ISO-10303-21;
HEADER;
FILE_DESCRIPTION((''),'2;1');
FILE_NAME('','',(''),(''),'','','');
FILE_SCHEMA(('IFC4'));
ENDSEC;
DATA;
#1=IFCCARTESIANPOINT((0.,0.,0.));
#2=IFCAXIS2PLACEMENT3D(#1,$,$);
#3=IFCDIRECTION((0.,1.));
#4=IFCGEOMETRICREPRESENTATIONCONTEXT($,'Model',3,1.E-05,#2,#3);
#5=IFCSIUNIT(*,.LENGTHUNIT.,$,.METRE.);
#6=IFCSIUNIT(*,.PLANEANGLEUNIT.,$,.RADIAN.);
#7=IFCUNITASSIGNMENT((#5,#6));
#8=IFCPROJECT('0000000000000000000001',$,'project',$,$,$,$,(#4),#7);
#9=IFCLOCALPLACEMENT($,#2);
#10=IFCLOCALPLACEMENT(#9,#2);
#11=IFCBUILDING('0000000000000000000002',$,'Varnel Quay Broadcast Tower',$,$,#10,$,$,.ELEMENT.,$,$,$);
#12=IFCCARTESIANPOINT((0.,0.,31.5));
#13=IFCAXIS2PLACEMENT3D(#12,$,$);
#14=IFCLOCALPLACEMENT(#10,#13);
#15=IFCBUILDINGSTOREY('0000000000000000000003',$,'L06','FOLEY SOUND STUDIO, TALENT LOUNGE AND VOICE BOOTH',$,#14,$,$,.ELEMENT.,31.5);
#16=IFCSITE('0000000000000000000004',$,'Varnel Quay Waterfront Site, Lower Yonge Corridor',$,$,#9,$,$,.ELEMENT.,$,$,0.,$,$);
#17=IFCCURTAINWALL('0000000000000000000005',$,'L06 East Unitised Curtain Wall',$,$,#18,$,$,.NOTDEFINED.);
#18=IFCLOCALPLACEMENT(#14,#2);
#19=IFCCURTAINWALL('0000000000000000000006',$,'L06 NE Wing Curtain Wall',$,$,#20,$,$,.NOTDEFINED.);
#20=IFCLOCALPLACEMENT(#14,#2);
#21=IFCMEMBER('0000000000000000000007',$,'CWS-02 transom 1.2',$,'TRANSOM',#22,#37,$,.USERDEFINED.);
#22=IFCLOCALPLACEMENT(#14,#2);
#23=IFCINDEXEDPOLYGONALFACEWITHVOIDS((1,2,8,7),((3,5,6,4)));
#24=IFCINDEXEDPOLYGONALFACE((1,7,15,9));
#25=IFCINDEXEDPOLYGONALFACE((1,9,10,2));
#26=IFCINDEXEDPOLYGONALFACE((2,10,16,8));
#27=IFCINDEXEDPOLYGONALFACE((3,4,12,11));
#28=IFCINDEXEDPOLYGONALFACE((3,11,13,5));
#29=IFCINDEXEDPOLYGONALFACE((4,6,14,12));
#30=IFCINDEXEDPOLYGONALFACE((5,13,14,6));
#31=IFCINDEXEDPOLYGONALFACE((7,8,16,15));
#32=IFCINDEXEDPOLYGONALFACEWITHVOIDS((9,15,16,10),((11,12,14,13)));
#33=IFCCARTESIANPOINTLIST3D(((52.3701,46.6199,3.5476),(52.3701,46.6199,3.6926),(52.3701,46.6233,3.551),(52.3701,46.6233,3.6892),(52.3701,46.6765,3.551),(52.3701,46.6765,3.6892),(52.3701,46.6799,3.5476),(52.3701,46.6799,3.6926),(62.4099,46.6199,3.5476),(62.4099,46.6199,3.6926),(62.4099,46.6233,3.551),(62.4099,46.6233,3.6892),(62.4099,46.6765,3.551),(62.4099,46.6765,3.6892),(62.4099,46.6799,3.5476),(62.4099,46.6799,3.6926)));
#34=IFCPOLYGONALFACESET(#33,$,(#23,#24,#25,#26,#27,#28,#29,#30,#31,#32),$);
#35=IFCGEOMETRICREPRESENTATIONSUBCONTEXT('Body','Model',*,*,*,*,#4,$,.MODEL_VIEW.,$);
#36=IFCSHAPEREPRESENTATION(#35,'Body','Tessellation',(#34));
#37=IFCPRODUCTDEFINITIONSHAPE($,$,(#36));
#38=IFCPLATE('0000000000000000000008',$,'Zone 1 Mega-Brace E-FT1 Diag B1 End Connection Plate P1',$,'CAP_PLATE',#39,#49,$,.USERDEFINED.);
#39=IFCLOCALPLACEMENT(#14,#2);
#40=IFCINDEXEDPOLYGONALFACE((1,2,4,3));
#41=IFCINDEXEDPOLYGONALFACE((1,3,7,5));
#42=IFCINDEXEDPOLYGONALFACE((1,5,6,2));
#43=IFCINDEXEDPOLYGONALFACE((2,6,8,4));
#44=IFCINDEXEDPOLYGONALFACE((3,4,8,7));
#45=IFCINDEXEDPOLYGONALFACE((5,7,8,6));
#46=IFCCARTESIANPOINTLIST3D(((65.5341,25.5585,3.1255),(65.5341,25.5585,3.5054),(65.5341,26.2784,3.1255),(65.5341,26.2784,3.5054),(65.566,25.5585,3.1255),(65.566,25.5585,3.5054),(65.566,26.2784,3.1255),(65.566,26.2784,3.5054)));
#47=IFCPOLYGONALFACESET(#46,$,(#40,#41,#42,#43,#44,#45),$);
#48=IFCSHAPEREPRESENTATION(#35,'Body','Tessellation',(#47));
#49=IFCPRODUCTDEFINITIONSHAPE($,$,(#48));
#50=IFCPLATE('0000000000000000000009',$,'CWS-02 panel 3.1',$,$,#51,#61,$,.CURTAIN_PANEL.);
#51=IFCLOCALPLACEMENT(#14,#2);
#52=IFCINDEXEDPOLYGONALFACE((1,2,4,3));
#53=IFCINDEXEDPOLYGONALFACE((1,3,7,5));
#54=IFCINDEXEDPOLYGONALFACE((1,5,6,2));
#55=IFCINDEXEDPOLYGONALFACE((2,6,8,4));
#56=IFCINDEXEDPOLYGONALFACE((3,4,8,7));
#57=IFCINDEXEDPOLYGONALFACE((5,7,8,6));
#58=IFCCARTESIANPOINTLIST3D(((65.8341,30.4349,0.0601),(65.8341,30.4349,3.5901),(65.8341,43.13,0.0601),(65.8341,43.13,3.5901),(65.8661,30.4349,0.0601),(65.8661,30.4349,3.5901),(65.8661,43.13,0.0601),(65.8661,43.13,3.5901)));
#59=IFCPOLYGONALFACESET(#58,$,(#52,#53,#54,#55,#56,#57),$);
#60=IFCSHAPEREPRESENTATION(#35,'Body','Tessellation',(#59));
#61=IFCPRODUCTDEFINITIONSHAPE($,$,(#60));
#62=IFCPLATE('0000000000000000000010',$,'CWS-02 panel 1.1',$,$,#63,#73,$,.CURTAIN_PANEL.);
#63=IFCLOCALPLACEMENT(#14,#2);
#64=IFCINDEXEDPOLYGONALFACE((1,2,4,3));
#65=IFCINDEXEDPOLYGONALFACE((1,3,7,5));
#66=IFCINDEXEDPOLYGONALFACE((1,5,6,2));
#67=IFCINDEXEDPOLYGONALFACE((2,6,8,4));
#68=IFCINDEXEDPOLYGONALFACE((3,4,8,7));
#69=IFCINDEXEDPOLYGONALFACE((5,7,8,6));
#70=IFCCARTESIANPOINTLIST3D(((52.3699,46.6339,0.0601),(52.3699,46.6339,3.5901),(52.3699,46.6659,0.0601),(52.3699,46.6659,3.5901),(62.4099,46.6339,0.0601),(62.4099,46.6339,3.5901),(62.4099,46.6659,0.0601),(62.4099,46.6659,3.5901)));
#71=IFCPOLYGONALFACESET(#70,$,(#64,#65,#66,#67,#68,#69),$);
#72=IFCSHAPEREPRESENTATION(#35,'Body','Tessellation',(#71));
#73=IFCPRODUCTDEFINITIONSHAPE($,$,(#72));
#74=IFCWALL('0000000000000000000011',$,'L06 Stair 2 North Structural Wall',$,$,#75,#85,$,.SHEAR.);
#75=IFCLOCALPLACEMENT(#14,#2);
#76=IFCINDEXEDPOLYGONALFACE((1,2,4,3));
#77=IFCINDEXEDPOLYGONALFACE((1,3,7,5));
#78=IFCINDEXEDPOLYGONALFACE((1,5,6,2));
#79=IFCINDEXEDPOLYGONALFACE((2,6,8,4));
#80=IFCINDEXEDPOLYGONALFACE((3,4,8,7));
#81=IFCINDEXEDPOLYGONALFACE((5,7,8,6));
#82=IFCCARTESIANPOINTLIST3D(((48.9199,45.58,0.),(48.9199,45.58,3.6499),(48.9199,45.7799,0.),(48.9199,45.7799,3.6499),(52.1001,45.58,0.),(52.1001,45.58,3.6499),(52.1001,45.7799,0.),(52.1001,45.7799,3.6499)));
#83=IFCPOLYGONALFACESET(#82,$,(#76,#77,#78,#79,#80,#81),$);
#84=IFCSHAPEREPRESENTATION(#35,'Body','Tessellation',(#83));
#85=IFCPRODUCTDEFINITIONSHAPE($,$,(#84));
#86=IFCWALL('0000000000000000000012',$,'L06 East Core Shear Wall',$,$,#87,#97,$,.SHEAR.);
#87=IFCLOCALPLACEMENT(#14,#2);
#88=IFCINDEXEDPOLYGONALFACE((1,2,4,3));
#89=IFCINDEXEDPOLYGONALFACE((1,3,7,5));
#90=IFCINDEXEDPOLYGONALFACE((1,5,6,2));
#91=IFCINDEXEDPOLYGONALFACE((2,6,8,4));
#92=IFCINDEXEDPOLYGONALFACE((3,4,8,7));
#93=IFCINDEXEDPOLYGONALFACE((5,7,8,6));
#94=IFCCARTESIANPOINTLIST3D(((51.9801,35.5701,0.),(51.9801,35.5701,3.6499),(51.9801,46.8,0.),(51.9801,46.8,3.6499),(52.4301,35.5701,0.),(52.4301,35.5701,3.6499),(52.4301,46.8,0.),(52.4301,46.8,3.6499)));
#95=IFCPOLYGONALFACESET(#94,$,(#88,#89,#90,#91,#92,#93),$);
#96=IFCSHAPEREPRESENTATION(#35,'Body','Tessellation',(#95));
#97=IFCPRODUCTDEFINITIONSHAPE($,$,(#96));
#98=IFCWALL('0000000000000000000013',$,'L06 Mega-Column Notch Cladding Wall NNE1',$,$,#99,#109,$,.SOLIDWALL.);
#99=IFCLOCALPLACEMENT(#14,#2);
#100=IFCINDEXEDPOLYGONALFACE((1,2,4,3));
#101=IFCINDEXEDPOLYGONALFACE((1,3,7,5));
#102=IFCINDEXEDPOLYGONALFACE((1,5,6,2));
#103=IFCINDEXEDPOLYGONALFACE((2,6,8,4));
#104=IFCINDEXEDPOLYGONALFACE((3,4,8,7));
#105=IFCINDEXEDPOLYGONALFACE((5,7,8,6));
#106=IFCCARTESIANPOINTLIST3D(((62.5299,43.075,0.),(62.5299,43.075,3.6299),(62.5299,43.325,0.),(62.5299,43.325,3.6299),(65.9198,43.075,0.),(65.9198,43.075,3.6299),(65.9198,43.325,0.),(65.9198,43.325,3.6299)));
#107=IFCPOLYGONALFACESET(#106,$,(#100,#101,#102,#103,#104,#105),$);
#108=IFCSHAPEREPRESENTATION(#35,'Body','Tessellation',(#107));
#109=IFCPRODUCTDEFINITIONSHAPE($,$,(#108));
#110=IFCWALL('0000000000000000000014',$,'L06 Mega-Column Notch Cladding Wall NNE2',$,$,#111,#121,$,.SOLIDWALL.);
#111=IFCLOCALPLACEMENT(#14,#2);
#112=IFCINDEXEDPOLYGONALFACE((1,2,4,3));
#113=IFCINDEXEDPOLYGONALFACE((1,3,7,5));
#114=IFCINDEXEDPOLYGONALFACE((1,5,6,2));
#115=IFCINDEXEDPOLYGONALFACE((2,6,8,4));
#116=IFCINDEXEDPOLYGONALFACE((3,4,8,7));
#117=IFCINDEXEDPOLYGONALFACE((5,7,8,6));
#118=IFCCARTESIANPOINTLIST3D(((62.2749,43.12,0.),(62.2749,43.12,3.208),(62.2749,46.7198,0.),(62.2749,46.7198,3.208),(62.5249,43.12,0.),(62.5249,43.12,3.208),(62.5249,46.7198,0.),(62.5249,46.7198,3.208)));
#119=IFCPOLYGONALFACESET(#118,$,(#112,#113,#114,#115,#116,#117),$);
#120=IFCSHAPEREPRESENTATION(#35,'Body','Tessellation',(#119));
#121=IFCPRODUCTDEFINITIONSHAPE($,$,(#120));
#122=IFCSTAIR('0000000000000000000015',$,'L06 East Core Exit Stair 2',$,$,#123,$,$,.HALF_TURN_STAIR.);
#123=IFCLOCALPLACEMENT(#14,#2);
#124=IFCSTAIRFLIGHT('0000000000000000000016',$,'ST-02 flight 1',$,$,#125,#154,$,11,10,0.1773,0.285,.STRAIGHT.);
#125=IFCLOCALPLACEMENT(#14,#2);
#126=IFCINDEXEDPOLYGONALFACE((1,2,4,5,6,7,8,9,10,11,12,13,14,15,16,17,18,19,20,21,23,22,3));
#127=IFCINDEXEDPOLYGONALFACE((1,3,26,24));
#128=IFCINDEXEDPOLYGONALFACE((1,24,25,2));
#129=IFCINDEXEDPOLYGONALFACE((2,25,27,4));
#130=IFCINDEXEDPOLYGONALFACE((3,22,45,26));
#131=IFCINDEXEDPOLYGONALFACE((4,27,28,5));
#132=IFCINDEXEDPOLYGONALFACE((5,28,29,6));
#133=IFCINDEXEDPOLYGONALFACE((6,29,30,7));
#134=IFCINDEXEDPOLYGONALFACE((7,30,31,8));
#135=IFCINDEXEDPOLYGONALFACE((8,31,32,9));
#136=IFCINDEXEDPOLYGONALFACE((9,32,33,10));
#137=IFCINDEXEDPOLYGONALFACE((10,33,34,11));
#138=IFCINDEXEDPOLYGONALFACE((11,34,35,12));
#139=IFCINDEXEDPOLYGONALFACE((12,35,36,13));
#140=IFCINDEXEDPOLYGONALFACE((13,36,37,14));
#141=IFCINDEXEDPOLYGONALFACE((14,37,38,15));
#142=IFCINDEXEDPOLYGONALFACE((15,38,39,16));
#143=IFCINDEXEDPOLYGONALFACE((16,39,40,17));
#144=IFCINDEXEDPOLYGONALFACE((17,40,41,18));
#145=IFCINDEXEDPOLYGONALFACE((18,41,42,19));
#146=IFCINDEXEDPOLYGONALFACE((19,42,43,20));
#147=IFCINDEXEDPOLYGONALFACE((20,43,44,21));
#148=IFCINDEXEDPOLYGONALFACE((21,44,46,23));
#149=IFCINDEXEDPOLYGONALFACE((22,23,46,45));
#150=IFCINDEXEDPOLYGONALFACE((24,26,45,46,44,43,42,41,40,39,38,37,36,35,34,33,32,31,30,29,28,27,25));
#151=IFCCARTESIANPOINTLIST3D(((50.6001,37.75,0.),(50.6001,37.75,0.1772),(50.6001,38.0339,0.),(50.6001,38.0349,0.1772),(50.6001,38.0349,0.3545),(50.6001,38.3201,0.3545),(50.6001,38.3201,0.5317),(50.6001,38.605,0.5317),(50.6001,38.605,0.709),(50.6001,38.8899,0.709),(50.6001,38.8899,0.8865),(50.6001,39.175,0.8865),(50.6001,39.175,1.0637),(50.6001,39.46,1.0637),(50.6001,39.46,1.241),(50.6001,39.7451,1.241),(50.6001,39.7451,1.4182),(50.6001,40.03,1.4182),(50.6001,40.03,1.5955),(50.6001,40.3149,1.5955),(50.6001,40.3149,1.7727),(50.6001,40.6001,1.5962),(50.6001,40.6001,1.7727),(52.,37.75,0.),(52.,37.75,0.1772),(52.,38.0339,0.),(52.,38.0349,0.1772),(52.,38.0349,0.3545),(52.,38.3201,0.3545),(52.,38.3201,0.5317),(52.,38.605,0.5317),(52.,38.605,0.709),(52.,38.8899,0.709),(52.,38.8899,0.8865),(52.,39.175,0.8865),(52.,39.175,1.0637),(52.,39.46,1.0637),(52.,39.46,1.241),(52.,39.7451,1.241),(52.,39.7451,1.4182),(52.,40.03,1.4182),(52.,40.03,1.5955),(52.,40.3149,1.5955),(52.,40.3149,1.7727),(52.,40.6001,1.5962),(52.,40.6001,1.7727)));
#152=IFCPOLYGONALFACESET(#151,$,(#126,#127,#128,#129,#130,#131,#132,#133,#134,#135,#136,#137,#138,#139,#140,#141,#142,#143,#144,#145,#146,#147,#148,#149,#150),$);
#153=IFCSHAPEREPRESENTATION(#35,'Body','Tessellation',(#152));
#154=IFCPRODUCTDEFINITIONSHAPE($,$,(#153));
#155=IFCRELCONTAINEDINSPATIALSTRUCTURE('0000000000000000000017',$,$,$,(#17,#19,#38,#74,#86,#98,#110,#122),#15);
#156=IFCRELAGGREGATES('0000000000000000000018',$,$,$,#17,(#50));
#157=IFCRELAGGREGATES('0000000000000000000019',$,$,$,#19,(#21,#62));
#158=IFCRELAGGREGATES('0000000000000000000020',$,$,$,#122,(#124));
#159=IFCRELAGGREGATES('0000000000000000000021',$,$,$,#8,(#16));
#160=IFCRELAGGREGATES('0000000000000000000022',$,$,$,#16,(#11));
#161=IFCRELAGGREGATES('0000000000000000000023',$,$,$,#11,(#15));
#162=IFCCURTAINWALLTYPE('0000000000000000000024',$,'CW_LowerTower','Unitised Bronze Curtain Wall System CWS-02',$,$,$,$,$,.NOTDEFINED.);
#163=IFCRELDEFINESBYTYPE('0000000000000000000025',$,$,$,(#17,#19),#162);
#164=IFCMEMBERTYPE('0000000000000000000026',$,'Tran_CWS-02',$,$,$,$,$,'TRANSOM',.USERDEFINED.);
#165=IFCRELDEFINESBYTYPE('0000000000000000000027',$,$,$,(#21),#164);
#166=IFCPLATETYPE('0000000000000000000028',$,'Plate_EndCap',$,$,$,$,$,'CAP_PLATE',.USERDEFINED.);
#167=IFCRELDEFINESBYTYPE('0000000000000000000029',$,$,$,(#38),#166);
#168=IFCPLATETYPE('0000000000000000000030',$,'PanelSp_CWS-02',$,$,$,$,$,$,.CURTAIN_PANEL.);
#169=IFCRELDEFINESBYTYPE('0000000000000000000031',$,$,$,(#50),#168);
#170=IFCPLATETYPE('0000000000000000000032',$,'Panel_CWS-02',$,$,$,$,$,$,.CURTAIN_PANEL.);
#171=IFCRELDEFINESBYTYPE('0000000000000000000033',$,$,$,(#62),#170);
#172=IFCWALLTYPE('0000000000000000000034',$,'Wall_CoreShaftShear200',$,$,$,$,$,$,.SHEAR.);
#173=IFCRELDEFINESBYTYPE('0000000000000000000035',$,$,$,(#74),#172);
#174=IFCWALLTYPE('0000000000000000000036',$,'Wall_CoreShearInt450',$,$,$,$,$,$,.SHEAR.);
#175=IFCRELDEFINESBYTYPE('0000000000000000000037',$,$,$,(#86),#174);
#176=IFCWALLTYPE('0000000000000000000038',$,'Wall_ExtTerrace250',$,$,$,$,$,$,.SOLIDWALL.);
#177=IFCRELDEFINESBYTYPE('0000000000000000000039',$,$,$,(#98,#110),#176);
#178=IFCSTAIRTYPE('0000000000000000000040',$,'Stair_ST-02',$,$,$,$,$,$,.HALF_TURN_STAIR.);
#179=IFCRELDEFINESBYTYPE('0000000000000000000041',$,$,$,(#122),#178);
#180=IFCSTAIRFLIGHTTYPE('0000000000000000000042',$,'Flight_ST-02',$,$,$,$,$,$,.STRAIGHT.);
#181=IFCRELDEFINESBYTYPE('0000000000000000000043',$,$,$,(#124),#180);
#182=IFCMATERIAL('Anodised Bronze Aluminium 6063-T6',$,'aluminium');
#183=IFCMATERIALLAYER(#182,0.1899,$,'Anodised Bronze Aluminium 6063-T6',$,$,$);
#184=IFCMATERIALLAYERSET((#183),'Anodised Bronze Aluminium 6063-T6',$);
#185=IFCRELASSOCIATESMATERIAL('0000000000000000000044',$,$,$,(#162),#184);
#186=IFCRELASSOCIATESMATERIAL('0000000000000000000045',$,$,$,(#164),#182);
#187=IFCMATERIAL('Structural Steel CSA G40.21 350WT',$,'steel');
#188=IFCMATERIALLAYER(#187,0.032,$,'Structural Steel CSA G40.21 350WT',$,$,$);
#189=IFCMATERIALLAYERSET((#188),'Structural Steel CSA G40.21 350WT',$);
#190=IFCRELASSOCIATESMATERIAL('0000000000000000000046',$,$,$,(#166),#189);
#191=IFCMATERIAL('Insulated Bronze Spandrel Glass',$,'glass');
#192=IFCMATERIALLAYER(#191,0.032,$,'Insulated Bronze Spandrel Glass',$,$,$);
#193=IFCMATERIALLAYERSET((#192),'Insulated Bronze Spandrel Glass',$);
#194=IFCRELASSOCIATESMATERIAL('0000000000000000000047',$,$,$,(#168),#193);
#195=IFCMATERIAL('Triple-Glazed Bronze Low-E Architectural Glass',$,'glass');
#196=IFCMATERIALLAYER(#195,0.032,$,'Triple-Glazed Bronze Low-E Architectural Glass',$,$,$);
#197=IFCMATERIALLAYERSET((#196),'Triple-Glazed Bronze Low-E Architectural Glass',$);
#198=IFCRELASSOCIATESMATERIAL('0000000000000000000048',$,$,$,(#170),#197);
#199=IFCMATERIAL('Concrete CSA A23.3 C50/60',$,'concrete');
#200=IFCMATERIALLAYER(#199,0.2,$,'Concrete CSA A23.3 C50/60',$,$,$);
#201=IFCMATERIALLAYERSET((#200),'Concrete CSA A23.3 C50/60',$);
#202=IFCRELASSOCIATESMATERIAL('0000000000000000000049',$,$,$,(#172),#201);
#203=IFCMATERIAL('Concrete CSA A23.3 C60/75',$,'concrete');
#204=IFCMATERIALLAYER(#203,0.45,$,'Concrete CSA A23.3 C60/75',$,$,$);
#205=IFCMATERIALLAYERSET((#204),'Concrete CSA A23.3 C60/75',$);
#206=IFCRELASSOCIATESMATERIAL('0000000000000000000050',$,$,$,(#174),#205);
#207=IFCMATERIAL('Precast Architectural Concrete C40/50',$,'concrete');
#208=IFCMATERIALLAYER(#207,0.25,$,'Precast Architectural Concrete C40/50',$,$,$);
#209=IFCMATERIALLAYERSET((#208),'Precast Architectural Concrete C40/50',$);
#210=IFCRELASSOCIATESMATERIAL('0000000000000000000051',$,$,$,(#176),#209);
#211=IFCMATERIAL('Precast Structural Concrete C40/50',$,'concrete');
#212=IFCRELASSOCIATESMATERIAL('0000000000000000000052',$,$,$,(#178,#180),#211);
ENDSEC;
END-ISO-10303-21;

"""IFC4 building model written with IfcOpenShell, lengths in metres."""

from ifc_helpers import new_model, si_unit, direction, frame, frame_2d, origin, origin_2d, place, context, subcontext, project, spatial, polyline, rectangle, hollow_rectangle, outline, extrude, source, transform, mapped, material, layer, layer_set, material_profile, profile_set, type_object, type_shapes, element, aggregate, save


model = new_model("IFC4")

# Units and contexts
model_context = context("Model", 3, precision=1e-05, world=origin(), true_north=direction((0.0, 1.0)))
body_context = subcontext(model_context, "Body", "Model", "MODEL_VIEW")
ifc_project = project(units=[si_unit("LENGTHUNIT", "METRE"), si_unit("PLANEANGLEUNIT", "RADIAN")], contexts=[model_context])

# Site, building, storey
site_placement = place(None, origin())
site = spatial("IfcSite", under=ifc_project, at=site_placement, Name="Varnel Quay Waterfront Site, Lower Yonge Corridor", CompositionType="ELEMENT", RefElevation=0.0)
building_placement = place(site_placement, origin())
building = spatial("IfcBuilding", under=site, at=building_placement, Name="Varnel Quay Broadcast Tower", CompositionType="ELEMENT")
storey_placement = place(building_placement, frame((0.0, 0.0, 31.5)))
storey = spatial("IfcBuildingStorey", under=building, at=storey_placement, Name="L06", Description="FOLEY SOUND STUDIO, TALENT LOUNGE AND VOICE BOOTH", CompositionType="ELEMENT", Elevation=31.5)

# Shared definitions
ifc_material_1 = material(Name="Structural Steel CSA G40.21 350WT", Category="steel")

# Curtain walls
ifc_material_2 = material(Name="Anodised Bronze Aluminium 6063-T6", Category="aluminium")
ifc_layer_1 = layer(ifc_material_2, 0.1899, Name="Anodised Bronze Aluminium 6063-T6")
ifc_layer_set_1 = layer_set([ifc_layer_1], Name="Anodised Bronze Aluminium 6063-T6")
curtain_wall_type = type_object("IfcCurtainWallType", Name="CW_LowerTower", Description="Unitised Bronze Curtain Wall System CWS-02", PredefinedType="NOTDEFINED", material=ifc_layer_set_1)
curtain_wall_1_placement = place(storey_placement, origin())
curtain_wall_1 = element("IfcCurtainWall", 1, at=curtain_wall_1_placement, inside=storey, type_object=curtain_wall_type, Name="L06 East Unitised Curtain Wall", PredefinedType="NOTDEFINED")
curtain_wall_2_placement = place(storey_placement, origin())
curtain_wall_2 = element("IfcCurtainWall", 2, at=curtain_wall_2_placement, inside=storey, type_object=curtain_wall_type, Name="L06 NE Wing Curtain Wall", PredefinedType="NOTDEFINED")

# Member
ifc_material_profile_1 = material_profile(ifc_material_2, hollow_rectangle(XDim=0.0601, YDim=0.145, WallThickness=0.0034, at=origin_2d()), Name="ALU60X145X3.5")
ifc_profile_set_1 = profile_set([ifc_material_profile_1], Name="Anodised Bronze Aluminium 6063-T6")
member_type_1 = type_object("IfcMemberType", Name="Tran_CWS-02", ElementType="TRANSOM", PredefinedType="USERDEFINED", material=ifc_profile_set_1)
shared_shape_1 = source(origin(), body_context, "Body", "SweptSolid", [
    extrude(hollow_rectangle(XDim=0.0601, YDim=0.145, WallThickness=0.0034, at=origin_2d()), origin(), (0.0, 0.0, 1.0), 10.0398),
])
member_1_placement = place(storey_placement, frame((52.3701, 46.6499, 3.6201), z_axis=(1.0, 0.0, 0.0), x_axis=(0.0, 1.0, 0.0)))
member_1 = element("IfcMember", 3, at=member_1_placement, type_object=member_type_1, Name="CWS-02 transom 1.2", ObjectType="TRANSOM", PredefinedType="USERDEFINED", context=body_context, shape_type="MappedRepresentation", body=[
    mapped(shared_shape_1, transform((0.0, 0.0, 0.0), x_axis=(1.0, 0.0, 0.0), y_axis=(0.0, 1.0, 0.0), z_axis=(0.0, 0.0, 1.0), scale=1.0)),
])

# Plates
ifc_layer_2 = layer(ifc_material_1, 0.032, Name="Structural Steel CSA G40.21 350WT")
ifc_layer_set_2 = layer_set([ifc_layer_2], Name="Structural Steel CSA G40.21 350WT")
plate_type_1 = type_object("IfcPlateType", Name="Plate_EndCap", ElementType="CAP_PLATE", PredefinedType="USERDEFINED", material=ifc_layer_set_2)
shared_shape_2 = source(origin(), body_context, "Body", "SweptSolid", [
    extrude(rectangle(XDim=0.72, YDim=0.032, at=origin_2d()), origin(), (0.0, 0.0, 1.0), 0.3799),
])
type_shapes(plate_type_1, [shared_shape_2])
plate_1_placement = place(storey_placement, frame((65.55, 25.9185, 3.1255), z_axis=(0.0, 0.0, 1.0), x_axis=(0.0, 1.0, 0.0)))
element("IfcPlate", 4, at=plate_1_placement, inside=storey, type_object=plate_type_1, Name="Zone 1 Mega-Brace E-FT1 Diag B1 End Connection Plate P1", ObjectType="CAP_PLATE", PredefinedType="USERDEFINED", context=body_context, shape_type="MappedRepresentation", body=[
    mapped(shared_shape_2, transform((0.0, 0.0, 0.0), x_axis=(1.0, 0.0, 0.0), y_axis=(0.0, 1.0, 0.0), z_axis=(0.0, 0.0, 1.0), scale=1.0)),
])
ifc_material_3 = material(Name="Insulated Bronze Spandrel Glass", Category="glass")
ifc_layer_3 = layer(ifc_material_3, 0.032, Name="Insulated Bronze Spandrel Glass")
ifc_layer_set_3 = layer_set([ifc_layer_3], Name="Insulated Bronze Spandrel Glass")
plate_type_2 = type_object("IfcPlateType", Name="PanelSp_CWS-02", PredefinedType="CURTAIN_PANEL", material=ifc_layer_set_3)
shared_shape_3 = source(origin(), body_context, "Body", "SweptSolid", [
    extrude(rectangle(XDim=12.6951, YDim=0.032, at=origin_2d()), origin(), (0.0, 0.0, 1.0), 3.53),
])
type_shapes(plate_type_2, [shared_shape_3])
plate_2_placement = place(storey_placement, frame((65.8501, 36.7825, 0.0601), z_axis=(0.0, 0.0, 1.0), x_axis=(0.0, 1.0, 0.0)))
plate_2 = element("IfcPlate", 5, at=plate_2_placement, type_object=plate_type_2, Name="CWS-02 panel 3.1", PredefinedType="CURTAIN_PANEL", context=body_context, shape_type="MappedRepresentation", body=[
    mapped(shared_shape_3, transform((0.0, 0.0, 0.0), x_axis=(1.0, 0.0, 0.0), y_axis=(0.0, 1.0, 0.0), z_axis=(0.0, 0.0, 1.0), scale=1.0)),
])
aggregate(curtain_wall_1, [plate_2])
ifc_material_4 = material(Name="Triple-Glazed Bronze Low-E Architectural Glass", Category="glass")
ifc_layer_4 = layer(ifc_material_4, 0.032, Name="Triple-Glazed Bronze Low-E Architectural Glass")
ifc_layer_set_4 = layer_set([ifc_layer_4], Name="Triple-Glazed Bronze Low-E Architectural Glass")
plate_type_3 = type_object("IfcPlateType", Name="Panel_CWS-02", PredefinedType="CURTAIN_PANEL", material=ifc_layer_set_4)
shared_shape_4 = source(origin(), body_context, "Body", "SweptSolid", [
    extrude(rectangle(XDim=10.04, YDim=0.032, at=origin_2d()), origin(), (0.0, 0.0, 1.0), 3.53),
])
type_shapes(plate_type_3, [shared_shape_4])
plate_3_placement = place(storey_placement, frame((57.3899, 46.6499, 0.0601), z_axis=(0.0, 0.0, 1.0), x_axis=(1.0, 0.0, 0.0)))
plate_3 = element("IfcPlate", 6, at=plate_3_placement, type_object=plate_type_3, Name="CWS-02 panel 1.1", PredefinedType="CURTAIN_PANEL", context=body_context, shape_type="MappedRepresentation", body=[
    mapped(shared_shape_4, transform((0.0, 0.0, 0.0), x_axis=(1.0, 0.0, 0.0), y_axis=(0.0, 1.0, 0.0), z_axis=(0.0, 0.0, 1.0), scale=1.0)),
])
aggregate(curtain_wall_2, [member_1, plate_3])

# Walls
ifc_material_5 = material(Name="Concrete CSA A23.3 C50/60", Category="concrete")
ifc_layer_5 = layer(ifc_material_5, 0.2, Name="Concrete CSA A23.3 C50/60")
ifc_layer_set_5 = layer_set([ifc_layer_5], Name="Concrete CSA A23.3 C50/60")
wall_type_1 = type_object("IfcWallType", Name="Wall_CoreShaftShear200", PredefinedType="SHEAR", material=ifc_layer_set_5)
wall_1_placement = place(storey_placement, frame((48.9199, 45.6799, 0.0), z_axis=(0.0, 0.0, 1.0), x_axis=(1.0, 0.0, 0.0)))
element("IfcWall", 7, at=wall_1_placement, inside=storey, type_object=wall_type_1, Name="L06 Stair 2 North Structural Wall", PredefinedType="SHEAR", context=body_context, shape_type="SweptSolid", body=[
    extrude(rectangle(XDim=3.1802, YDim=0.2, at=frame_2d((1.5901, 0.0))), origin(), (0.0, 0.0, 1.0), 3.6499),
])
ifc_material_6 = material(Name="Concrete CSA A23.3 C60/75", Category="concrete")
ifc_layer_6 = layer(ifc_material_6, 0.45, Name="Concrete CSA A23.3 C60/75")
ifc_layer_set_6 = layer_set([ifc_layer_6], Name="Concrete CSA A23.3 C60/75")
wall_type_2 = type_object("IfcWallType", Name="Wall_CoreShearInt450", PredefinedType="SHEAR", material=ifc_layer_set_6)
wall_2_placement = place(storey_placement, frame((52.2051, 35.5701, 0.0), z_axis=(0.0, 0.0, 1.0), x_axis=(0.0, 1.0, 0.0)))
element("IfcWall", 8, at=wall_2_placement, inside=storey, type_object=wall_type_2, Name="L06 East Core Shear Wall", PredefinedType="SHEAR", context=body_context, shape_type="SweptSolid", body=[
    extrude(rectangle(XDim=11.23, YDim=0.45, at=frame_2d((5.615, 0.0))), origin(), (0.0, 0.0, 1.0), 3.6499),
])
ifc_material_7 = material(Name="Precast Architectural Concrete C40/50", Category="concrete")
ifc_layer_7 = layer(ifc_material_7, 0.25, Name="Precast Architectural Concrete C40/50")
ifc_layer_set_7 = layer_set([ifc_layer_7], Name="Precast Architectural Concrete C40/50")
wall_type_3 = type_object("IfcWallType", Name="Wall_ExtTerrace250", PredefinedType="SOLIDWALL", material=ifc_layer_set_7)
wall_3_placement = place(storey_placement, frame((62.53, 43.2, 0.0), z_axis=(0.0, 0.0, 1.0), x_axis=(1.0, 0.0, 0.0)))
element("IfcWall", 9, at=wall_3_placement, inside=storey, type_object=wall_type_3, Name="L06 Mega-Column Notch Cladding Wall NNE1", PredefinedType="SOLIDWALL", context=body_context, shape_type="SweptSolid", body=[
    extrude(rectangle(XDim=3.3899, YDim=0.25, at=frame_2d((1.6948, 0.0))), origin(), (0.0, 0.0, 1.0), 3.6299),
])
wall_4_placement = place(storey_placement, frame((62.3999, 43.1201, 0.0), z_axis=(0.0, 0.0, 1.0), x_axis=(0.0, 1.0, 0.0)))
element("IfcWall", 10, at=wall_4_placement, inside=storey, type_object=wall_type_3, Name="L06 Mega-Column Notch Cladding Wall NNE2", PredefinedType="SOLIDWALL", context=body_context, shape_type="SweptSolid", body=[
    extrude(rectangle(XDim=3.5999, YDim=0.25, at=frame_2d((1.7998, 0.0))), origin(), (0.0, 0.0, 1.0), 3.208),
])

# Stair, stair flight
ifc_material_8 = material(Name="Precast Structural Concrete C40/50", Category="concrete")
stair_type = type_object("IfcStairType", Name="Stair_ST-02", PredefinedType="HALF_TURN_STAIR", material=ifc_material_8)
stair_placement = place(storey_placement, origin())
stair = element("IfcStair", 11, at=stair_placement, inside=storey, type_object=stair_type, Name="L06 East Core Exit Stair 2", PredefinedType="HALF_TURN_STAIR")
stair_flight_type = type_object("IfcStairFlightType", Name="Flight_ST-02", PredefinedType="STRAIGHT", material=ifc_material_8)
stair_flight_1_placement = place(storey_placement, frame((51.3, 37.75, 0.0), z_axis=(0.0, 0.0, 1.0), x_axis=(0.0, 1.0, 0.0)))
stair_flight_1 = element("IfcStairFlight", 12, at=stair_flight_1_placement, type_object=stair_flight_type, Name="ST-02 flight 1", NumberOfRisers=11, NumberOfTreads=10, PredefinedType="STRAIGHT", RiserHeight=0.1773, TreadLength=0.285, context=body_context, shape_type="SweptSolid", body=[
    extrude(outline(polyline([(0.0, 0.0), (0.0, 0.1772), (0.2849, 0.1772), (0.2849, 0.3545), (0.5701, 0.3545), (0.5701, 0.5317), (0.855, 0.5317), (0.855, 0.709), (1.1399, 0.709), (1.1399, 0.8865), (1.425, 0.8865), (1.425, 1.0637), (1.71, 1.0637), (1.71, 1.241), (1.9951, 1.241), (1.9951, 1.4182), (2.28, 1.4182), (2.28, 1.5955), (2.5649, 1.5955), (2.5649, 1.7727), (2.8501, 1.7727), (2.8501, 1.95), (2.8501, 1.5962), (0.2839, 0.0), (0.0, 0.0)])), frame((0.0, 0.7, 0.0), z_axis=(0.0, -1.0, 0.0), x_axis=(1.0, 0.0, 0.0)), (0.0, 0.0, 1.0), 1.3999),
])
aggregate(stair, [stair_flight_1])

save(model, "model.ifc")
